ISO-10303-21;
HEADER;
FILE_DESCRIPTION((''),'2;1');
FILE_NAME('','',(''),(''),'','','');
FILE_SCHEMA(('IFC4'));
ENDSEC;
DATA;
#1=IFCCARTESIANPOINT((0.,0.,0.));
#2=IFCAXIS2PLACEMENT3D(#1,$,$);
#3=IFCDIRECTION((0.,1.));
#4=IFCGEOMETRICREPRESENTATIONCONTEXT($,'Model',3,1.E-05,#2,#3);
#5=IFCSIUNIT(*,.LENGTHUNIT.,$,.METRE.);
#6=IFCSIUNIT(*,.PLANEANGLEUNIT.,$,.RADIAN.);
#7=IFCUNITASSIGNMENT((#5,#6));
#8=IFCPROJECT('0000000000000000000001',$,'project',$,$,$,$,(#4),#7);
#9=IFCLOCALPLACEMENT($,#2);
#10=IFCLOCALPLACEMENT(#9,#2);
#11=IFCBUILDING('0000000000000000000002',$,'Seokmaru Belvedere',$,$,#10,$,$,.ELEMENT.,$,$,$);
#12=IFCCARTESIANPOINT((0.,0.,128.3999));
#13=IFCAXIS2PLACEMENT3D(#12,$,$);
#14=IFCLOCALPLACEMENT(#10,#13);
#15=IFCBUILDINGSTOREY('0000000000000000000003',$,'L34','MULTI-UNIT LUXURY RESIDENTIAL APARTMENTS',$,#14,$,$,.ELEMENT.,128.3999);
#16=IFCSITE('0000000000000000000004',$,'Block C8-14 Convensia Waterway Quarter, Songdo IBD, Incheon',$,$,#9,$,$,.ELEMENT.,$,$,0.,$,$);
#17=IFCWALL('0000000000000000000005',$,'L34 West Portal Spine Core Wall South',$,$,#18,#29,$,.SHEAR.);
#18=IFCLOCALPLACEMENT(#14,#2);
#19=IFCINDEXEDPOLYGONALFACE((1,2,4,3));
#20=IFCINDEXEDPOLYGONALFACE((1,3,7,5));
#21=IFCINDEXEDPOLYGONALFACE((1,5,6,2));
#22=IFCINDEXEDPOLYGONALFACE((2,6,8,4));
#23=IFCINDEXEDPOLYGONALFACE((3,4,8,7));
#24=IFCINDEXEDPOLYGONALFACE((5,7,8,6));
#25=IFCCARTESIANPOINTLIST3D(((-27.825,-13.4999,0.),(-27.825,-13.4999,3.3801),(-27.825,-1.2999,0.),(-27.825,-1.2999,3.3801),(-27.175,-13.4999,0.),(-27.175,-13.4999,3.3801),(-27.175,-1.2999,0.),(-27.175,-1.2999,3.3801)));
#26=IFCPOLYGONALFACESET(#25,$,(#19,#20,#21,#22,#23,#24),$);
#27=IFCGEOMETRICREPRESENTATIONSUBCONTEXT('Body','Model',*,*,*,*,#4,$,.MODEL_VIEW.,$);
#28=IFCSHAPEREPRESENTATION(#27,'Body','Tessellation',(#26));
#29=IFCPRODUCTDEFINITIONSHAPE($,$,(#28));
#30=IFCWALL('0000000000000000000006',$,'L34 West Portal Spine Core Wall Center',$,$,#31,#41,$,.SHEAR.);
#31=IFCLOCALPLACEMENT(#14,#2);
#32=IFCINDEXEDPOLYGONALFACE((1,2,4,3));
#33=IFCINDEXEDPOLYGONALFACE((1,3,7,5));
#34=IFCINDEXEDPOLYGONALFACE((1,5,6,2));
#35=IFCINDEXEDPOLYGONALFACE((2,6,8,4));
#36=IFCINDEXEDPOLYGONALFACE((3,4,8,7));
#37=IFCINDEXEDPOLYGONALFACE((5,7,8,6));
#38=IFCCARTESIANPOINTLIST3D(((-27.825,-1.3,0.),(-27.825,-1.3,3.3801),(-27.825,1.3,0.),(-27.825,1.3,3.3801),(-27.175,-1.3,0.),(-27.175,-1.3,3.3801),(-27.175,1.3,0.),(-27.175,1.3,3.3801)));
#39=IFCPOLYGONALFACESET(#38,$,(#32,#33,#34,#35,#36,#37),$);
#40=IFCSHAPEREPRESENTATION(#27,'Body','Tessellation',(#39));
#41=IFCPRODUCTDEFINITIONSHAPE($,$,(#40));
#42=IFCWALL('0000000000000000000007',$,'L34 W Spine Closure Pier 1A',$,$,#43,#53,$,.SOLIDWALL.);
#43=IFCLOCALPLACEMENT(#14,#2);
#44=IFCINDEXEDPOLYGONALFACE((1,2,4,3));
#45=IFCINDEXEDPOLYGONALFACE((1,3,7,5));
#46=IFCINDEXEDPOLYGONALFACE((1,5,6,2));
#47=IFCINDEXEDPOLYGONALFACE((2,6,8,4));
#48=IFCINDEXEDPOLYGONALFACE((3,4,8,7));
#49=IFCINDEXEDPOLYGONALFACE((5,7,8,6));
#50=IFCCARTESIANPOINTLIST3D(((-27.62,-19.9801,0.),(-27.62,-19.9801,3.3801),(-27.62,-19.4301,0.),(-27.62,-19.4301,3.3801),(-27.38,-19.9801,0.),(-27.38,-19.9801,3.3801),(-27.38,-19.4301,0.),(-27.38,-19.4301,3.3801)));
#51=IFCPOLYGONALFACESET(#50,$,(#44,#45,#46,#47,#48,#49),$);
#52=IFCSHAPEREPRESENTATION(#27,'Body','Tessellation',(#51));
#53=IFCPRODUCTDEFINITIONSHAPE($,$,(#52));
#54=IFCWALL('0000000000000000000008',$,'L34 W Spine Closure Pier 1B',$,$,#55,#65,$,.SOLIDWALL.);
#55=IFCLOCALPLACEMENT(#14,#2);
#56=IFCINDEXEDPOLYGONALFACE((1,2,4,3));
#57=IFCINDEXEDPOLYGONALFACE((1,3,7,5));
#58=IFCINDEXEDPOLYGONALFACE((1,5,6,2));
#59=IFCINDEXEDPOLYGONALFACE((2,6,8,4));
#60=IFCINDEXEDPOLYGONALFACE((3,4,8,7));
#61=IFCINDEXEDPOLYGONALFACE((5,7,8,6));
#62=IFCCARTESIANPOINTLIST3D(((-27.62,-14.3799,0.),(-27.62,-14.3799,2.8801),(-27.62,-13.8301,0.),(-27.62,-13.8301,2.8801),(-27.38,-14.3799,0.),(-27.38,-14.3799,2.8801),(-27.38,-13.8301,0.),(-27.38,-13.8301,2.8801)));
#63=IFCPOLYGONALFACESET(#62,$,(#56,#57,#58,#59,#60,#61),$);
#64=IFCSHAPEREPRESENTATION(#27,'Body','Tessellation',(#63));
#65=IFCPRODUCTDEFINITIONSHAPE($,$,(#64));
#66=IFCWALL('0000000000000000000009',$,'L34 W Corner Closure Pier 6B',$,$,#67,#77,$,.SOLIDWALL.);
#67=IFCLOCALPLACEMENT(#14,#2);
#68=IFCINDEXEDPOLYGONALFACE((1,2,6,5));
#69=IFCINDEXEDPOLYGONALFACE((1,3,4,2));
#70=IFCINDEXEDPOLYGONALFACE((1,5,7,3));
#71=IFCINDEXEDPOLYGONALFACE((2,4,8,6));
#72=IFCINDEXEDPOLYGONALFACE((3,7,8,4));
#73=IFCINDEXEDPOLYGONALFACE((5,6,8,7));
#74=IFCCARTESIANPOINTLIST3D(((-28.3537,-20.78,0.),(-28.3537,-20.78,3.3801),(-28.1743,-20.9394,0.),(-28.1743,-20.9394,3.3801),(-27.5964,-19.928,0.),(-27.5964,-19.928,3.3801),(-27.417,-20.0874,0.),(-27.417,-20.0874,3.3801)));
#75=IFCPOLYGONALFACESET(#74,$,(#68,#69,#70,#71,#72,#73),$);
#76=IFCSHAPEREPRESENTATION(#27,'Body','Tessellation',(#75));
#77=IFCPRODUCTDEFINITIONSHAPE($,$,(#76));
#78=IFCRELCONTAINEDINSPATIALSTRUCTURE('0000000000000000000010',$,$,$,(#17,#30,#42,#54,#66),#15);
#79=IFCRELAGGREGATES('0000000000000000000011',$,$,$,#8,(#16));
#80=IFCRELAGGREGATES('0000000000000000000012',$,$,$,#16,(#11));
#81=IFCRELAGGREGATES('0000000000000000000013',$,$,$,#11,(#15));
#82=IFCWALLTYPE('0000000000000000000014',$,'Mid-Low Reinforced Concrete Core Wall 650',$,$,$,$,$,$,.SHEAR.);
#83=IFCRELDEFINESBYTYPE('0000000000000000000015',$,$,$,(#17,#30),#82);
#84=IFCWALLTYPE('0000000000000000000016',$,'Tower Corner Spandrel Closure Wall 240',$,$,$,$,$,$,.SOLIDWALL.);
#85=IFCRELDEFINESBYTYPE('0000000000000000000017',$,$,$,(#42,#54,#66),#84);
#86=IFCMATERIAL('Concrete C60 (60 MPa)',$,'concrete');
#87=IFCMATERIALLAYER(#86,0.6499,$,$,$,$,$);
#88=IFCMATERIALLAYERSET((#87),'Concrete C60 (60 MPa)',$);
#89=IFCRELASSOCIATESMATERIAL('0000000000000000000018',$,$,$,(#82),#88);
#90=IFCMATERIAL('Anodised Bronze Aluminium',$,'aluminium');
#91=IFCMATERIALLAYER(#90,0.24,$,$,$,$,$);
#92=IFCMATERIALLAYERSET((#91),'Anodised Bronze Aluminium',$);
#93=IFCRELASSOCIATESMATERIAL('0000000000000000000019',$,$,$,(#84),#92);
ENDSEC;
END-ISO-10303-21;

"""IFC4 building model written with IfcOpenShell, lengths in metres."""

from ifc_helpers import new_model, si_unit, direction, frame, frame_2d, origin, place, context, subcontext, project, spatial, rectangle, extrude, material, layer, layer_set, type_object, element, save


model = new_model("IFC4")

# Units and contexts
model_context = context("Model", 3, precision=1e-05, world=origin(), true_north=direction((0.0, 1.0)))
body_context = subcontext(model_context, "Body", "Model", "MODEL_VIEW")
ifc_project = project(units=[si_unit("LENGTHUNIT", "METRE"), si_unit("PLANEANGLEUNIT", "RADIAN")], contexts=[model_context])

# Site, building, storey
site_placement = place(None, origin())
site = spatial("IfcSite", under=ifc_project, at=site_placement, Name="Block C8-14 Convensia Waterway Quarter, Songdo IBD, Incheon", CompositionType="ELEMENT", RefElevation=0.0)
building_placement = place(site_placement, origin())
building = spatial("IfcBuilding", under=site, at=building_placement, Name="Seokmaru Belvedere", CompositionType="ELEMENT")
storey_placement = place(building_placement, frame((0.0, 0.0, 128.3999)))
storey = spatial("IfcBuildingStorey", under=building, at=storey_placement, Name="L34", Description="MULTI-UNIT LUXURY RESIDENTIAL APARTMENTS", CompositionType="ELEMENT", Elevation=128.3999)

# Shared definitions
ifc_material_1 = material(Name="Anodised Bronze Aluminium", Category="aluminium")

# Walls
ifc_material_2 = material(Name="Concrete C60 (60 MPa)", Category="concrete")
ifc_layer_1 = layer(ifc_material_2, 0.6499)
ifc_layer_set_1 = layer_set([ifc_layer_1], Name="Concrete C60 (60 MPa)")
wall_type_1 = type_object("IfcWallType", Name="Mid-Low Reinforced Concrete Core Wall 650", PredefinedType="SHEAR", material=ifc_layer_set_1)
wall_1_placement = place(storey_placement, frame((-27.5, -13.5, 0.0), z_axis=(0.0, 0.0, 1.0), x_axis=(0.0, 1.0, 0.0)))
element("IfcWall", 1, at=wall_1_placement, inside=storey, type_object=wall_type_1, Name="L34 West Portal Spine Core Wall South", PredefinedType="SHEAR", context=body_context, shape_type="SweptSolid", body=[
    extrude(rectangle(XDim=12.2, YDim=0.6499, at=frame_2d((6.1001, 0.0))), origin(), (0.0, 0.0, 1.0), 3.3801),
])
wall_2_placement = place(storey_placement, frame((-27.5, -1.3, 0.0), z_axis=(0.0, 0.0, 1.0), x_axis=(0.0, 1.0, 0.0)))
element("IfcWall", 2, at=wall_2_placement, inside=storey, type_object=wall_type_1, Name="L34 West Portal Spine Core Wall Center", PredefinedType="SHEAR", context=body_context, shape_type="SweptSolid", body=[
    extrude(rectangle(XDim=2.6001, YDim=0.6499, at=frame_2d((1.3, 0.0))), origin(), (0.0, 0.0, 1.0), 3.3801),
])
ifc_layer_2 = layer(ifc_material_1, 0.24)
ifc_layer_set_2 = layer_set([ifc_layer_2], Name="Anodised Bronze Aluminium")
wall_type_2 = type_object("IfcWallType", Name="Tower Corner Spandrel Closure Wall 240", PredefinedType="SOLIDWALL", material=ifc_layer_set_2)
wall_3_placement = place(storey_placement, frame((-27.5, -19.98, 0.0), z_axis=(0.0, 0.0, 1.0), x_axis=(0.0, 1.0, 0.0)))
element("IfcWall", 3, at=wall_3_placement, inside=storey, type_object=wall_type_2, Name="L34 W Spine Closure Pier 1A", PredefinedType="SOLIDWALL", context=body_context, shape_type="SweptSolid", body=[
    extrude(rectangle(XDim=0.55, YDim=0.24, at=frame_2d((0.2749, 0.0))), origin(), (0.0, 0.0, 1.0), 3.3801),
])
wall_4_placement = place(storey_placement, frame((-27.5, -14.3799, 0.0), z_axis=(0.0, 0.0, 1.0), x_axis=(0.0, 1.0, 0.0)))
element("IfcWall", 4, at=wall_4_placement, inside=storey, type_object=wall_type_2, Name="L34 W Spine Closure Pier 1B", PredefinedType="SOLIDWALL", context=body_context, shape_type="SweptSolid", body=[
    extrude(rectangle(XDim=0.5498, YDim=0.24, at=frame_2d((0.2749, 0.0))), origin(), (0.0, 0.0, 1.0), 2.8801),
])
wall_5_placement = place(storey_placement, frame((-28.2639, -20.8596, 0.0), z_axis=(0.0, 0.0, 1.0), x_axis=(0.664337, 0.747433, 0.0)))
element("IfcWall", 5, at=wall_5_placement, inside=storey, type_object=wall_type_2, Name="L34 W Corner Closure Pier 6B", PredefinedType="SOLIDWALL", context=body_context, shape_type="SweptSolid", body=[
    extrude(rectangle(XDim=1.1399, YDim=0.24, at=frame_2d((0.5698, 0.0))), origin(), (0.0, 0.0, 1.0), 3.3801),
])

save(model, "model.ifc")
